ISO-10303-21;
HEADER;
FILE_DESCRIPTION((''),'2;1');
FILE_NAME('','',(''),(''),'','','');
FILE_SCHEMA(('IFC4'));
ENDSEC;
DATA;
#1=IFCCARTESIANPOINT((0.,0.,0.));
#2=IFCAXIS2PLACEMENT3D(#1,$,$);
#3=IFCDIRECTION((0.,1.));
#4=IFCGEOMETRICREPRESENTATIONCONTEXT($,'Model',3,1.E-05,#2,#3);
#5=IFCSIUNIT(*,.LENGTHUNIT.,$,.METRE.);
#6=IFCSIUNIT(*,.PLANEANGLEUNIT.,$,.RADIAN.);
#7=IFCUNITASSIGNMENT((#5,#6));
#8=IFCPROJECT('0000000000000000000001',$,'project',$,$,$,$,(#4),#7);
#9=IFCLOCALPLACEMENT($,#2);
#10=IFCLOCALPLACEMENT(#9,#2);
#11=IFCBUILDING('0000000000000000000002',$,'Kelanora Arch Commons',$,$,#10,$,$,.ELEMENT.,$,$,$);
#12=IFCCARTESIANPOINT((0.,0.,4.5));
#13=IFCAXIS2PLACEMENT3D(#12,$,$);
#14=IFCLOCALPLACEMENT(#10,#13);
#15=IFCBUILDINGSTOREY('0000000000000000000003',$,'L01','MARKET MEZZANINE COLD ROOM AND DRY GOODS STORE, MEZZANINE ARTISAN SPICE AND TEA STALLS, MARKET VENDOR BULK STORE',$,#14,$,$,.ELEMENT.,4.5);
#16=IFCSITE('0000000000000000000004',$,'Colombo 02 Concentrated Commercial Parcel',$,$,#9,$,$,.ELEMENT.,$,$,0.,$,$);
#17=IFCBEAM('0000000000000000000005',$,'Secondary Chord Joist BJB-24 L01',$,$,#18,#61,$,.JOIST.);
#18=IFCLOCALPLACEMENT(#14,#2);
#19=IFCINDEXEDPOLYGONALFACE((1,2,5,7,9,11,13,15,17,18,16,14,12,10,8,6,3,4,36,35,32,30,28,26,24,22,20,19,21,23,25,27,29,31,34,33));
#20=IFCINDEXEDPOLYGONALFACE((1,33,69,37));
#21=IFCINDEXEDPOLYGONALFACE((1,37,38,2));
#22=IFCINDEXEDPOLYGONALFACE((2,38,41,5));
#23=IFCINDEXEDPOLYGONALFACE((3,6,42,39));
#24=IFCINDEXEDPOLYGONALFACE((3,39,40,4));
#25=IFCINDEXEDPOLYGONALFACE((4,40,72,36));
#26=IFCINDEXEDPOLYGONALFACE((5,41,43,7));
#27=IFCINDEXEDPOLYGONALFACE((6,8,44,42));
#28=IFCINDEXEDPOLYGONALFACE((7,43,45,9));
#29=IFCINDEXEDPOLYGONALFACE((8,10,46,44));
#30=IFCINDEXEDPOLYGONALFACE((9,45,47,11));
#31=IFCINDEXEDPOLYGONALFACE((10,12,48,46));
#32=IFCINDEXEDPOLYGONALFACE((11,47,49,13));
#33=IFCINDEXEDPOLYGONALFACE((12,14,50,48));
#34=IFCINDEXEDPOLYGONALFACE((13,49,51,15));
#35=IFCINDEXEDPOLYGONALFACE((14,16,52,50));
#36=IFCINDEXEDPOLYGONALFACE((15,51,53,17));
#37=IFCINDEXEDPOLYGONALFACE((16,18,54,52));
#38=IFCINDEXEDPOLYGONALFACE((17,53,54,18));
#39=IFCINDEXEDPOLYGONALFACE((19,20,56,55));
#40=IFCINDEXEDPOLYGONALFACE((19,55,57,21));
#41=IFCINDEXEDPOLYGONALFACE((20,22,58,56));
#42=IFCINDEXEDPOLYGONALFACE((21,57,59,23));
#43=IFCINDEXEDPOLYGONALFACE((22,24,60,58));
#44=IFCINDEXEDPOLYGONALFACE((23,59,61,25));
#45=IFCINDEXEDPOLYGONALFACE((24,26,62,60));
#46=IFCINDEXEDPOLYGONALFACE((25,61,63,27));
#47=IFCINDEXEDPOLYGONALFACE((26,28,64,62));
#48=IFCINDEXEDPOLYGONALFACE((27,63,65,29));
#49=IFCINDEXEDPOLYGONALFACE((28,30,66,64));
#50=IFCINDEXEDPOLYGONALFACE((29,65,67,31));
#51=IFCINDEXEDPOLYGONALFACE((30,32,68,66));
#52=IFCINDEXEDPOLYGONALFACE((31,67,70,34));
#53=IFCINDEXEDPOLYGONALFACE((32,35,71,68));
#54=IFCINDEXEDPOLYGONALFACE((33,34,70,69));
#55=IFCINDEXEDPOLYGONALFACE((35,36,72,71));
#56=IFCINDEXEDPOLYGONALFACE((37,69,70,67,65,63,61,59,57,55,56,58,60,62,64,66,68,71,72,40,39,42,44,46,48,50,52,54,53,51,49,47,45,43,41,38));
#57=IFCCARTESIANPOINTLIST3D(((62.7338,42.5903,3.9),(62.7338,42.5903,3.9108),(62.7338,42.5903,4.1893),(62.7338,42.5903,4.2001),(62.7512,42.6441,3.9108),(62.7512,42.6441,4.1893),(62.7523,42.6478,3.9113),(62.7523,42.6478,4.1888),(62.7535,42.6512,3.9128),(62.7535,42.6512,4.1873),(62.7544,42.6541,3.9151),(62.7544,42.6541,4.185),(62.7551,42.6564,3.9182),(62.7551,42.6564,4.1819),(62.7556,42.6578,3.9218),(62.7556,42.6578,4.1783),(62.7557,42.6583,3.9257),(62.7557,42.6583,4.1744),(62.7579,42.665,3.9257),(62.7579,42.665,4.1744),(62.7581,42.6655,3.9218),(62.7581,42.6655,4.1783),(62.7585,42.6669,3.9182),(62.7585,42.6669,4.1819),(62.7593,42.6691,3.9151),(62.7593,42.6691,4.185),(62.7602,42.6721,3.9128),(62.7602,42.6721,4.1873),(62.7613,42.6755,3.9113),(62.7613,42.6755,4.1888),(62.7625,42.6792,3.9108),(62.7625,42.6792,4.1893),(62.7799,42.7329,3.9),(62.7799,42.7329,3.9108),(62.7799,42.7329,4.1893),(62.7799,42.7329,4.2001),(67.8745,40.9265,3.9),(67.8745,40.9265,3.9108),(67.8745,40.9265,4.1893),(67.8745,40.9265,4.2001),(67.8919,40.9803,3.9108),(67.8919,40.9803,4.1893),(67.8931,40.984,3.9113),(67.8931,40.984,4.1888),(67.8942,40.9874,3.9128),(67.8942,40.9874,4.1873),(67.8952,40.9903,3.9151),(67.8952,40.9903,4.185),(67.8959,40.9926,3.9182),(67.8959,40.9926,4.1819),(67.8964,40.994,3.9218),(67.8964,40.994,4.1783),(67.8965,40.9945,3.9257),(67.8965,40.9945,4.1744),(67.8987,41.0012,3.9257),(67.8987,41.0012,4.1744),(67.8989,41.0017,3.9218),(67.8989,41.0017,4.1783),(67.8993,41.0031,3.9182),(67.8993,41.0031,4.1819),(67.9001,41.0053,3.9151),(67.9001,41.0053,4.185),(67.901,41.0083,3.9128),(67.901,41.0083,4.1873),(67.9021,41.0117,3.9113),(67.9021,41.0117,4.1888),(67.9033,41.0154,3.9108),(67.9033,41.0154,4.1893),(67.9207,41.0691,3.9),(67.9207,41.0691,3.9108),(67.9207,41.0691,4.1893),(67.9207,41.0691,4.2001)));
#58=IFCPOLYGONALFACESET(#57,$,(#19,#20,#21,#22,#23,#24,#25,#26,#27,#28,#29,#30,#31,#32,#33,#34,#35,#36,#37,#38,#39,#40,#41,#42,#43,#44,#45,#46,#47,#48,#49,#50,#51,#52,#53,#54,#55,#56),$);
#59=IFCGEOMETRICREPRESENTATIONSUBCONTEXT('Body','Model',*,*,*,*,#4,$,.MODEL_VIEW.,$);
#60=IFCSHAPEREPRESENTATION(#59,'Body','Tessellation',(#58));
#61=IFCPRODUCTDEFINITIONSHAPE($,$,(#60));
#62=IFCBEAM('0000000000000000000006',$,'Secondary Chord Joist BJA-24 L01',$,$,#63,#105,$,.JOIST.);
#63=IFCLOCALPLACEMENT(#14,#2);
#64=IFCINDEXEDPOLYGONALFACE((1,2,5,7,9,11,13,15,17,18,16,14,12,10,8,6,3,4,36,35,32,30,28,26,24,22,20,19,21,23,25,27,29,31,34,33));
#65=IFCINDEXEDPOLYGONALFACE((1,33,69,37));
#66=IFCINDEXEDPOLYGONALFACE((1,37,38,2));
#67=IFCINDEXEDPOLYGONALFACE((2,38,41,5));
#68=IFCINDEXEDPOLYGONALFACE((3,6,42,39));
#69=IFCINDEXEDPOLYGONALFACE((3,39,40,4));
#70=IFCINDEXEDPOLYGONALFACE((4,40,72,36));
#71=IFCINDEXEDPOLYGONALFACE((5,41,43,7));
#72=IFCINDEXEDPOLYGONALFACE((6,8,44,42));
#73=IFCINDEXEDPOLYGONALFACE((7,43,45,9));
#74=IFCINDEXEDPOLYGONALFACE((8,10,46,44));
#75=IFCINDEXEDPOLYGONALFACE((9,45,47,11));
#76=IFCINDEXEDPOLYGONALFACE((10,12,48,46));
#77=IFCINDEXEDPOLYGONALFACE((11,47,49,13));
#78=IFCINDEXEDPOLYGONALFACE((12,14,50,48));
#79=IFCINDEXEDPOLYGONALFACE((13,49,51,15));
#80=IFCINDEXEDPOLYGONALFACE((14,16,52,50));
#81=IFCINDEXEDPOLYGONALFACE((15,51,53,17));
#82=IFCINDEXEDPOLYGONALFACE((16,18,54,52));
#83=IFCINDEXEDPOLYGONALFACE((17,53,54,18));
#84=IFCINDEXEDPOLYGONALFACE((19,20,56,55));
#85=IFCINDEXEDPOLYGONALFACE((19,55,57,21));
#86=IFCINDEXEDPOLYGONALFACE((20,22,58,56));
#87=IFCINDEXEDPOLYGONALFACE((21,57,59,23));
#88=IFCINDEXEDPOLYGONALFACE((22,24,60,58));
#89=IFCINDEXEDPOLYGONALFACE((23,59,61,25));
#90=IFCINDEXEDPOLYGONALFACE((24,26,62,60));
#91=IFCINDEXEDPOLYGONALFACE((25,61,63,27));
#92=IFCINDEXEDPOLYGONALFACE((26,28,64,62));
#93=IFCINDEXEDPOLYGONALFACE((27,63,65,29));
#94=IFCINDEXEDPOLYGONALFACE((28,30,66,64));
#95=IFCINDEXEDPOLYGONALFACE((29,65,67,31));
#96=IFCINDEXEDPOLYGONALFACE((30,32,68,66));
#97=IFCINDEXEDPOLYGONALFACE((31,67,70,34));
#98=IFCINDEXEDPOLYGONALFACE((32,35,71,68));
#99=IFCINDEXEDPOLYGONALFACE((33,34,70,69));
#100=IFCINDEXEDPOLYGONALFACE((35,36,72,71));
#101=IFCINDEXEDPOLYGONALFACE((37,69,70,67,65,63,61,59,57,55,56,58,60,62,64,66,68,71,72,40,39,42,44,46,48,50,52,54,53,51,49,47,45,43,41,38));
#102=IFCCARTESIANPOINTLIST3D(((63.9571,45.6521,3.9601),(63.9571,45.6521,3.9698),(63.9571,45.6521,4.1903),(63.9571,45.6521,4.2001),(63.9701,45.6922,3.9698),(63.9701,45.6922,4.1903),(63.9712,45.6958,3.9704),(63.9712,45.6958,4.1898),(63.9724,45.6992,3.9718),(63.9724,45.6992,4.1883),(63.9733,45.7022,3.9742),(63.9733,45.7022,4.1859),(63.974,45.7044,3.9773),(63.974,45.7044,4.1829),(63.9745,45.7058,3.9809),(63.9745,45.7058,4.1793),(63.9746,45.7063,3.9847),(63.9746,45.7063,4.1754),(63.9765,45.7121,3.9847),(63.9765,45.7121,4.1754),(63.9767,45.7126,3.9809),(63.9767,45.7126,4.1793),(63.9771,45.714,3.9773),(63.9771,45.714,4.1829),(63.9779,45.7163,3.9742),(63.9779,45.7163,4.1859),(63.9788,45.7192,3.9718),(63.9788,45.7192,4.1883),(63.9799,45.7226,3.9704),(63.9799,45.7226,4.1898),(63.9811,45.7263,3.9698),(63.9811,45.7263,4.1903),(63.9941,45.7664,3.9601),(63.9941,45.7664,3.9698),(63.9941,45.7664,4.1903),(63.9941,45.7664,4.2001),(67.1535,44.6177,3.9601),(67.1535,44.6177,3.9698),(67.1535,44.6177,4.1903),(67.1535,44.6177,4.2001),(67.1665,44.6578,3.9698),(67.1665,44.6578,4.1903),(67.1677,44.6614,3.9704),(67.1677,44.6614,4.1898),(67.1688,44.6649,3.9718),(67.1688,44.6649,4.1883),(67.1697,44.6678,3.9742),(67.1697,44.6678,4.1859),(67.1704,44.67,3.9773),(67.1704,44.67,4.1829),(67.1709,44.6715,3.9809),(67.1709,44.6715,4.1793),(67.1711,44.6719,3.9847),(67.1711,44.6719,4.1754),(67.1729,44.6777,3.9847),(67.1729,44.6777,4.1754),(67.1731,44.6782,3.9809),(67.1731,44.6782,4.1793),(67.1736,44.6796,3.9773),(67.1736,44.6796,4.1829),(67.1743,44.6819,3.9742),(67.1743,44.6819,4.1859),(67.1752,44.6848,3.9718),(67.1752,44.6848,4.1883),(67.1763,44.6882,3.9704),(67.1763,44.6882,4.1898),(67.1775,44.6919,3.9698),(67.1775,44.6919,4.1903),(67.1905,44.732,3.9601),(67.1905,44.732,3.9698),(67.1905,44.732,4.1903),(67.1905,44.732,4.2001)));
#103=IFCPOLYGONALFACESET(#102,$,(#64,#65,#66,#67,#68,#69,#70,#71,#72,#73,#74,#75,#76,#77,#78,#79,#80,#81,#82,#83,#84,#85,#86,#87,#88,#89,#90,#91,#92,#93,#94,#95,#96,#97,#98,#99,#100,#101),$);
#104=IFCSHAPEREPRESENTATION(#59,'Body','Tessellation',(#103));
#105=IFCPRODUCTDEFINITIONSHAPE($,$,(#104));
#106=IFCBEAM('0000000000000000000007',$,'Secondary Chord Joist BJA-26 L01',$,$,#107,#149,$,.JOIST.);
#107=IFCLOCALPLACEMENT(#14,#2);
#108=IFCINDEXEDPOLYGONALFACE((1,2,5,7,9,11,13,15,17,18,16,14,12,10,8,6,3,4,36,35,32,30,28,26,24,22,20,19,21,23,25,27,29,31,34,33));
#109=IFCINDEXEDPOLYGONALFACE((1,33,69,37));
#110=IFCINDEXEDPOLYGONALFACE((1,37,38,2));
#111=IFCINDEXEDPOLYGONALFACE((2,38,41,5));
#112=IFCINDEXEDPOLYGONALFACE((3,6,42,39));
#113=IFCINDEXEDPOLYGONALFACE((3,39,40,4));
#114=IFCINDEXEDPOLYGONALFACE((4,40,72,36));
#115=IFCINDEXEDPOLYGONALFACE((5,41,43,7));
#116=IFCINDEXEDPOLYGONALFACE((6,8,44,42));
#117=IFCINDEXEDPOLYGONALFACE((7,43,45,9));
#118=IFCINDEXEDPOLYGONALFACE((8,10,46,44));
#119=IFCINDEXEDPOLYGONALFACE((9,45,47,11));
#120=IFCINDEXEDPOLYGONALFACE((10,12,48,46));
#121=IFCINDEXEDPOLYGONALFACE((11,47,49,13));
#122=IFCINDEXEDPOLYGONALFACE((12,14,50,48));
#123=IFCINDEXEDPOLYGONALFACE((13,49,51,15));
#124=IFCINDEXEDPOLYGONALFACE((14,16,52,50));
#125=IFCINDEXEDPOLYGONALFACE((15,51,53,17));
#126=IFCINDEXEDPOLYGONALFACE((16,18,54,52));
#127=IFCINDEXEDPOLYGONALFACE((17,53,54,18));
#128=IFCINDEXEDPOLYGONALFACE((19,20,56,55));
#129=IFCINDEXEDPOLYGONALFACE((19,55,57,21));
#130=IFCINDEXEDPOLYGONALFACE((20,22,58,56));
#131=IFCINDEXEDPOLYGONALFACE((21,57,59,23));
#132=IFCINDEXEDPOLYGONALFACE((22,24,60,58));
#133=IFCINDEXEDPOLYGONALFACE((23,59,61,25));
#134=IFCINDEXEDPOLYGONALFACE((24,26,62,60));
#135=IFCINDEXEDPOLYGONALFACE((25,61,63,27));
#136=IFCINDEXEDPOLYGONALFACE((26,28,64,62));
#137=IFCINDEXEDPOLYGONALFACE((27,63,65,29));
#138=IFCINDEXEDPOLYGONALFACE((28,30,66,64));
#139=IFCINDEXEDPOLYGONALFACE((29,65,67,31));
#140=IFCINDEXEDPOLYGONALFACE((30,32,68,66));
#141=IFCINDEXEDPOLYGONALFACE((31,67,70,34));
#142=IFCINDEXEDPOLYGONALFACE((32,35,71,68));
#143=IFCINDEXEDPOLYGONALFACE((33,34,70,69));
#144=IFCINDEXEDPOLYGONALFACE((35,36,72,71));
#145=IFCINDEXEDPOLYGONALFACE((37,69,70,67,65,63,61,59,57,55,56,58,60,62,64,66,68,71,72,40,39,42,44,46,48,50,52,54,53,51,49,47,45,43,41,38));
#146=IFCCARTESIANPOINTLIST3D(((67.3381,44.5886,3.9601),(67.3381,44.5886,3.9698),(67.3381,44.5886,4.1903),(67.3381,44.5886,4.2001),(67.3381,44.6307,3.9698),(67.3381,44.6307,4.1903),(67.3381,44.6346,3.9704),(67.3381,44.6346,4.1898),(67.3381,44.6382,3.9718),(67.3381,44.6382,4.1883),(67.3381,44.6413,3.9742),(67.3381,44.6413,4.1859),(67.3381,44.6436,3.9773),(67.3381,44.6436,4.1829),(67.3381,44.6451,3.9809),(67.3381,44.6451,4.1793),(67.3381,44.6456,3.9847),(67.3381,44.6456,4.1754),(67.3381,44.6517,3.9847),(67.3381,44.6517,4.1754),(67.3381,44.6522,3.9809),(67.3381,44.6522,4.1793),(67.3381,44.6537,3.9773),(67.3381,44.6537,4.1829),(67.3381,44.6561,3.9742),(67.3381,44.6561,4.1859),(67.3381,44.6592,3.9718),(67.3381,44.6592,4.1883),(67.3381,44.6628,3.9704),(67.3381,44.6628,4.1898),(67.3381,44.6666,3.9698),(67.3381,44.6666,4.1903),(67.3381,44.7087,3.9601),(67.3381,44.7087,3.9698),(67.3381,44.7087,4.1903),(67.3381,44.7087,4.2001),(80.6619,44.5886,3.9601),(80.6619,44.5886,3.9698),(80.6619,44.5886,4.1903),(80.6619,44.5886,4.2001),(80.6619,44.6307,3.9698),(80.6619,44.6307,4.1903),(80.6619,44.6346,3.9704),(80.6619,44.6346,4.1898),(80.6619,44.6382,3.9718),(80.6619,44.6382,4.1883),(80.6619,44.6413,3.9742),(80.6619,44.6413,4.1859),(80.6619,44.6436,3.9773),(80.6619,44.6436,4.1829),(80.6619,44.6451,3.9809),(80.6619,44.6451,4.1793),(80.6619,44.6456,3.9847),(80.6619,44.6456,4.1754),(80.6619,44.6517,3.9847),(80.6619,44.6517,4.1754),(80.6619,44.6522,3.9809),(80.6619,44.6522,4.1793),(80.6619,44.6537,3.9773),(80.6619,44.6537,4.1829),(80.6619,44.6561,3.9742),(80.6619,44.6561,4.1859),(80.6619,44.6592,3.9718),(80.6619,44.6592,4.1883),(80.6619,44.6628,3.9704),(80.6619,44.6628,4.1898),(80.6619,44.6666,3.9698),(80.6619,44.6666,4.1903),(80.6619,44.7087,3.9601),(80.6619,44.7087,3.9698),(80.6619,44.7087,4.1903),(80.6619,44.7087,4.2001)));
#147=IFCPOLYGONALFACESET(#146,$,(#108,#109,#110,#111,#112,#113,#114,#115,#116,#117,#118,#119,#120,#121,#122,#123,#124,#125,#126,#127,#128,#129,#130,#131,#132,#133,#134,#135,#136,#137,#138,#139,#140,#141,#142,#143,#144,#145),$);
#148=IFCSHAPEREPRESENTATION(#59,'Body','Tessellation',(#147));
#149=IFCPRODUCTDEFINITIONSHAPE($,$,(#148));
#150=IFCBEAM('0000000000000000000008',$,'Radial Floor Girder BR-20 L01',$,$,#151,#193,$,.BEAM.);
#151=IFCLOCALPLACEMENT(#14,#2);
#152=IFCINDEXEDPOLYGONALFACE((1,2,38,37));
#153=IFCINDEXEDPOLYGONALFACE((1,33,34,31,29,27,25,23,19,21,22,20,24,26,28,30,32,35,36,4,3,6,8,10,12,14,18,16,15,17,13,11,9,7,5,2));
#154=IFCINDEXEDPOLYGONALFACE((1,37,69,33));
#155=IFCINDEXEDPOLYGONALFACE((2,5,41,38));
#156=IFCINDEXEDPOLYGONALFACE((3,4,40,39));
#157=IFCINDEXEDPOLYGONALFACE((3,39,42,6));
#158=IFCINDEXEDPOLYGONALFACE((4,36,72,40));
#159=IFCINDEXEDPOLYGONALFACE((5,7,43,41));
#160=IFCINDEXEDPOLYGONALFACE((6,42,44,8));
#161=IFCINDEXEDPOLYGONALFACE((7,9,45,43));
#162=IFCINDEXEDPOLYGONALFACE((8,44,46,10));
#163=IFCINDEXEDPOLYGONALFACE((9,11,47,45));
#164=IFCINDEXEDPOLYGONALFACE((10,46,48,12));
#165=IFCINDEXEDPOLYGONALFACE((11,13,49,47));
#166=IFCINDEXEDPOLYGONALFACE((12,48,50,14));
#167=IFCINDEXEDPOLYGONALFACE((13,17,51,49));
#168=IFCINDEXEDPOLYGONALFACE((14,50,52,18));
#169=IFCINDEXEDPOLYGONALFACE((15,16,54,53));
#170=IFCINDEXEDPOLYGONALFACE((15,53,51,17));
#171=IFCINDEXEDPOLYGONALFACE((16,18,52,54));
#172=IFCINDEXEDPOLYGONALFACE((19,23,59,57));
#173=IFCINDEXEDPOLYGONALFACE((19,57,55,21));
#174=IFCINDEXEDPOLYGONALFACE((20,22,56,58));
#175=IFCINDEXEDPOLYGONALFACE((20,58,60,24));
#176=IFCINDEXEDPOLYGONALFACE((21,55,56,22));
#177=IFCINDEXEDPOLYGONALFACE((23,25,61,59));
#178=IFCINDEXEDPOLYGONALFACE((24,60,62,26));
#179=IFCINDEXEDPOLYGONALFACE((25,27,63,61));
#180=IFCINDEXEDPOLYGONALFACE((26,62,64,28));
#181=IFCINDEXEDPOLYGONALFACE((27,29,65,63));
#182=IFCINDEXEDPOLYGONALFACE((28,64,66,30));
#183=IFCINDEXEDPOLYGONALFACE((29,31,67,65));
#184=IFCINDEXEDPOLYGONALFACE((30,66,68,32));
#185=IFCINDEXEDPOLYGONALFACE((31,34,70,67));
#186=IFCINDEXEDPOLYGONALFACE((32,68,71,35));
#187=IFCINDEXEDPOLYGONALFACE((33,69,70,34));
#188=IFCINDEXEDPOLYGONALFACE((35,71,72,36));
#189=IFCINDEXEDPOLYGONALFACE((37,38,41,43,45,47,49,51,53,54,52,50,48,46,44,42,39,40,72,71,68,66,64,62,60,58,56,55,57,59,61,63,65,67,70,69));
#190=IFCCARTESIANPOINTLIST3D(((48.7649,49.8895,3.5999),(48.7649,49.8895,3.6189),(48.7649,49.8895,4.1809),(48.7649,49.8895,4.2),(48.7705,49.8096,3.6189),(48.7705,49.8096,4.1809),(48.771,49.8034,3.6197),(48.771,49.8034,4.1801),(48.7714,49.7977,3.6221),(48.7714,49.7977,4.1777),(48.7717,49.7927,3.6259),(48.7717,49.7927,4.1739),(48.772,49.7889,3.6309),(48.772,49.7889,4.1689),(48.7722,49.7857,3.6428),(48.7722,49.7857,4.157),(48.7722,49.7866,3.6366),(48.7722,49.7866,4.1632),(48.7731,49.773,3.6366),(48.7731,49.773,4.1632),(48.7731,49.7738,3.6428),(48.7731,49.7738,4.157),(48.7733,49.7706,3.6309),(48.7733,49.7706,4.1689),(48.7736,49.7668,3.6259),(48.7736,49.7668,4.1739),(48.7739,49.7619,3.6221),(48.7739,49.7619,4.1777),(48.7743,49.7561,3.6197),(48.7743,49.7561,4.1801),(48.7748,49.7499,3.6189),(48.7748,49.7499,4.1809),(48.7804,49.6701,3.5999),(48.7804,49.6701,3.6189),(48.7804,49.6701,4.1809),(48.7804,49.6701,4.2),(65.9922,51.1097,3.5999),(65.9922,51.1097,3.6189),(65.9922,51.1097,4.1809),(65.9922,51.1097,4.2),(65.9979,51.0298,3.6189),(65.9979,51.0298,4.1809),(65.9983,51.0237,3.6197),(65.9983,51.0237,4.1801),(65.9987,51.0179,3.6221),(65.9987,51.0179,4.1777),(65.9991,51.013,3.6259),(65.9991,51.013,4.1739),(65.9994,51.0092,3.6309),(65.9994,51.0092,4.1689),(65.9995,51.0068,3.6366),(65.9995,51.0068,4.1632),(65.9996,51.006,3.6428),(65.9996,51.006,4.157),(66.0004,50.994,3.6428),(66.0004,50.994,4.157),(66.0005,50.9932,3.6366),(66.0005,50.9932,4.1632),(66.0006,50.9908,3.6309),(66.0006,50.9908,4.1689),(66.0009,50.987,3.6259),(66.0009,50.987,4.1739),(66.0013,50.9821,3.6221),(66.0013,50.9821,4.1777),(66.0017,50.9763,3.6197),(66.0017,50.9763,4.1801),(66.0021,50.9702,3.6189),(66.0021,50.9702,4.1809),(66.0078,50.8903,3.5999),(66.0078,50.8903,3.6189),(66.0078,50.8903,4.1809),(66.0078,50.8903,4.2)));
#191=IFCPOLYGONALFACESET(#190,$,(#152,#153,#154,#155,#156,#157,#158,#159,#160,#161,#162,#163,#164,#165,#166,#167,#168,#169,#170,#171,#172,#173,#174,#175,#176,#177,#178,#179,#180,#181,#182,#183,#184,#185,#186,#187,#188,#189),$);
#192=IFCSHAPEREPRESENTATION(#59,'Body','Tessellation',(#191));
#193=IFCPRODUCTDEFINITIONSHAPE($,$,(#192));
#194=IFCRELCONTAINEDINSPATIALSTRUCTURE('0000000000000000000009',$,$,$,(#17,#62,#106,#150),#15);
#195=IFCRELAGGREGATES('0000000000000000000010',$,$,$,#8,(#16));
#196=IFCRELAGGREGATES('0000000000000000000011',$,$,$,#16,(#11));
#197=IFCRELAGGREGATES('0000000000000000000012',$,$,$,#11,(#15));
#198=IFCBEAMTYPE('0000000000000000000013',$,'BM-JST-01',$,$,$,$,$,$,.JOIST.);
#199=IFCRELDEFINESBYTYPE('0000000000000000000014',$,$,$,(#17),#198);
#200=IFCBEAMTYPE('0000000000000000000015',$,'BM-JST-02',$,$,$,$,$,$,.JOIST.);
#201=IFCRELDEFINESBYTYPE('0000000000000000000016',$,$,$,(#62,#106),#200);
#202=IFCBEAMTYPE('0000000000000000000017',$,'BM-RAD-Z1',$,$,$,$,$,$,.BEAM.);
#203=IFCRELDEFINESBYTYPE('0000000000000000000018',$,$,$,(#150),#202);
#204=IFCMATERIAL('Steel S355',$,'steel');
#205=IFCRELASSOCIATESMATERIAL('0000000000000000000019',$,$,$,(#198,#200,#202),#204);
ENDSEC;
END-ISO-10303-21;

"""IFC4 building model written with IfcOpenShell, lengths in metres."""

from ifc_helpers import new_model, si_unit, direction, frame, origin, origin_2d, place, context, subcontext, project, spatial, i_section, extrude, material, material_profile, profile_set, type_object, element, save


model = new_model("IFC4")

# Units and contexts
model_context = context("Model", 3, precision=1e-05, world=origin(), true_north=direction((0.0, 1.0)))
body_context = subcontext(model_context, "Body", "Model", "MODEL_VIEW")
ifc_project = project(units=[si_unit("LENGTHUNIT", "METRE"), si_unit("PLANEANGLEUNIT", "RADIAN")], contexts=[model_context])

# Site, building, storey
site_placement = place(None, origin())
site = spatial("IfcSite", under=ifc_project, at=site_placement, Name="Colombo 02 Concentrated Commercial Parcel", CompositionType="ELEMENT", RefElevation=0.0)
building_placement = place(site_placement, origin())
building = spatial("IfcBuilding", under=site, at=building_placement, Name="Kelanora Arch Commons", CompositionType="ELEMENT")
storey_placement = place(building_placement, frame((0.0, 0.0, 4.5)))
storey = spatial("IfcBuildingStorey", under=building, at=storey_placement, Name="L01", Description="MARKET MEZZANINE COLD ROOM AND DRY GOODS STORE, MEZZANINE ARTISAN SPICE AND TEA STALLS, MARKET VENDOR BULK STORE", CompositionType="ELEMENT", Elevation=4.5)

# Beams
ifc_material_1 = material(Name="Steel S355", Category="steel")
ifc_material_profile_1 = material_profile(ifc_material_1, i_section(OverallWidth=0.1499, OverallDepth=0.3, WebThickness=0.0071, FlangeThickness=0.0107, FilletRadius=0.0149, at=origin_2d()), Name="IPE300")
ifc_profile_set_1 = profile_set([ifc_material_profile_1], Name="Steel S355")
beam_type_1 = type_object("IfcBeamType", Name="BM-JST-01", PredefinedType="JOIST", material=ifc_profile_set_1)
beam_1_placement = place(storey_placement, frame((62.7568, 42.6616, 4.05), z_axis=(0.951412, -0.30792, 0.0), x_axis=(0.30792, 0.951412, 0.0)))
element("IfcBeam", 1, at=beam_1_placement, inside=storey, type_object=beam_type_1, Name="Secondary Chord Joist BJB-24 L01", PredefinedType="JOIST", context=body_context, shape_type="SweptSolid", body=[
    extrude(i_section(OverallWidth=0.1499, OverallDepth=0.3, WebThickness=0.0071, FlangeThickness=0.0107, FilletRadius=0.0149, at=origin_2d()), origin(), (0.0, 0.0, 1.0), 5.4033),
])
ifc_material_profile_2 = material_profile(ifc_material_1, i_section(OverallWidth=0.1201, OverallDepth=0.24, WebThickness=0.0061, FlangeThickness=0.0098, FilletRadius=0.0149, at=origin_2d()), Name="IPE240")
ifc_profile_set_2 = profile_set([ifc_material_profile_2], Name="Steel S355")
beam_type_2 = type_object("IfcBeamType", Name="BM-JST-02", PredefinedType="JOIST", material=ifc_profile_set_2)
beam_2_placement = place(storey_placement, frame((63.9756, 45.7092, 4.0801), z_axis=(0.951423, -0.307888, 0.0), x_axis=(0.307888, 0.951423, 0.0)))
element("IfcBeam", 2, at=beam_2_placement, inside=storey, type_object=beam_type_2, Name="Secondary Chord Joist BJA-24 L01", PredefinedType="JOIST", context=body_context, shape_type="SweptSolid", body=[
    extrude(i_section(OverallWidth=0.1201, OverallDepth=0.24, WebThickness=0.0061, FlangeThickness=0.0098, FilletRadius=0.0149, at=origin_2d()), origin(), (0.0, 0.0, 1.0), 3.3596),
])
beam_3_placement = place(storey_placement, frame((67.3381, 44.6487, 4.0801), z_axis=(1.0, 0.0, 0.0), x_axis=(0.0, 1.0, 0.0)))
element("IfcBeam", 3, at=beam_3_placement, inside=storey, type_object=beam_type_2, Name="Secondary Chord Joist BJA-26 L01", PredefinedType="JOIST", context=body_context, shape_type="SweptSolid", body=[
    extrude(i_section(OverallWidth=0.1201, OverallDepth=0.24, WebThickness=0.0061, FlangeThickness=0.0098, FilletRadius=0.0149, at=origin_2d()), origin(), (0.0, 0.0, 1.0), 13.3237),
])
ifc_material_profile_3 = material_profile(ifc_material_1, i_section(OverallWidth=0.22, OverallDepth=0.6001, WebThickness=0.012, FlangeThickness=0.019, FilletRadius=0.0239, at=origin_2d()), Name="IPE600")
ifc_profile_set_3 = profile_set([ifc_material_profile_3], Name="Steel S355")
beam_type_3 = type_object("IfcBeamType", Name="BM-RAD-Z1", PredefinedType="BEAM", material=ifc_profile_set_3)
beam_4_placement = place(storey_placement, frame((66.0, 51.0, 3.8999), z_axis=(-0.997501, -0.070653, 0.0), x_axis=(0.070653, -0.997501, 0.0)))
element("IfcBeam", 4, at=beam_4_placement, inside=storey, type_object=beam_type_3, Name="Radial Floor Girder BR-20 L01", PredefinedType="BEAM", context=body_context, shape_type="SweptSolid", body=[
    extrude(i_section(OverallWidth=0.22, OverallDepth=0.6001, WebThickness=0.012, FlangeThickness=0.019, FilletRadius=0.0239, at=origin_2d()), origin(), (0.0, 0.0, 1.0), 17.2705),
])

save(model, "model.ifc")
